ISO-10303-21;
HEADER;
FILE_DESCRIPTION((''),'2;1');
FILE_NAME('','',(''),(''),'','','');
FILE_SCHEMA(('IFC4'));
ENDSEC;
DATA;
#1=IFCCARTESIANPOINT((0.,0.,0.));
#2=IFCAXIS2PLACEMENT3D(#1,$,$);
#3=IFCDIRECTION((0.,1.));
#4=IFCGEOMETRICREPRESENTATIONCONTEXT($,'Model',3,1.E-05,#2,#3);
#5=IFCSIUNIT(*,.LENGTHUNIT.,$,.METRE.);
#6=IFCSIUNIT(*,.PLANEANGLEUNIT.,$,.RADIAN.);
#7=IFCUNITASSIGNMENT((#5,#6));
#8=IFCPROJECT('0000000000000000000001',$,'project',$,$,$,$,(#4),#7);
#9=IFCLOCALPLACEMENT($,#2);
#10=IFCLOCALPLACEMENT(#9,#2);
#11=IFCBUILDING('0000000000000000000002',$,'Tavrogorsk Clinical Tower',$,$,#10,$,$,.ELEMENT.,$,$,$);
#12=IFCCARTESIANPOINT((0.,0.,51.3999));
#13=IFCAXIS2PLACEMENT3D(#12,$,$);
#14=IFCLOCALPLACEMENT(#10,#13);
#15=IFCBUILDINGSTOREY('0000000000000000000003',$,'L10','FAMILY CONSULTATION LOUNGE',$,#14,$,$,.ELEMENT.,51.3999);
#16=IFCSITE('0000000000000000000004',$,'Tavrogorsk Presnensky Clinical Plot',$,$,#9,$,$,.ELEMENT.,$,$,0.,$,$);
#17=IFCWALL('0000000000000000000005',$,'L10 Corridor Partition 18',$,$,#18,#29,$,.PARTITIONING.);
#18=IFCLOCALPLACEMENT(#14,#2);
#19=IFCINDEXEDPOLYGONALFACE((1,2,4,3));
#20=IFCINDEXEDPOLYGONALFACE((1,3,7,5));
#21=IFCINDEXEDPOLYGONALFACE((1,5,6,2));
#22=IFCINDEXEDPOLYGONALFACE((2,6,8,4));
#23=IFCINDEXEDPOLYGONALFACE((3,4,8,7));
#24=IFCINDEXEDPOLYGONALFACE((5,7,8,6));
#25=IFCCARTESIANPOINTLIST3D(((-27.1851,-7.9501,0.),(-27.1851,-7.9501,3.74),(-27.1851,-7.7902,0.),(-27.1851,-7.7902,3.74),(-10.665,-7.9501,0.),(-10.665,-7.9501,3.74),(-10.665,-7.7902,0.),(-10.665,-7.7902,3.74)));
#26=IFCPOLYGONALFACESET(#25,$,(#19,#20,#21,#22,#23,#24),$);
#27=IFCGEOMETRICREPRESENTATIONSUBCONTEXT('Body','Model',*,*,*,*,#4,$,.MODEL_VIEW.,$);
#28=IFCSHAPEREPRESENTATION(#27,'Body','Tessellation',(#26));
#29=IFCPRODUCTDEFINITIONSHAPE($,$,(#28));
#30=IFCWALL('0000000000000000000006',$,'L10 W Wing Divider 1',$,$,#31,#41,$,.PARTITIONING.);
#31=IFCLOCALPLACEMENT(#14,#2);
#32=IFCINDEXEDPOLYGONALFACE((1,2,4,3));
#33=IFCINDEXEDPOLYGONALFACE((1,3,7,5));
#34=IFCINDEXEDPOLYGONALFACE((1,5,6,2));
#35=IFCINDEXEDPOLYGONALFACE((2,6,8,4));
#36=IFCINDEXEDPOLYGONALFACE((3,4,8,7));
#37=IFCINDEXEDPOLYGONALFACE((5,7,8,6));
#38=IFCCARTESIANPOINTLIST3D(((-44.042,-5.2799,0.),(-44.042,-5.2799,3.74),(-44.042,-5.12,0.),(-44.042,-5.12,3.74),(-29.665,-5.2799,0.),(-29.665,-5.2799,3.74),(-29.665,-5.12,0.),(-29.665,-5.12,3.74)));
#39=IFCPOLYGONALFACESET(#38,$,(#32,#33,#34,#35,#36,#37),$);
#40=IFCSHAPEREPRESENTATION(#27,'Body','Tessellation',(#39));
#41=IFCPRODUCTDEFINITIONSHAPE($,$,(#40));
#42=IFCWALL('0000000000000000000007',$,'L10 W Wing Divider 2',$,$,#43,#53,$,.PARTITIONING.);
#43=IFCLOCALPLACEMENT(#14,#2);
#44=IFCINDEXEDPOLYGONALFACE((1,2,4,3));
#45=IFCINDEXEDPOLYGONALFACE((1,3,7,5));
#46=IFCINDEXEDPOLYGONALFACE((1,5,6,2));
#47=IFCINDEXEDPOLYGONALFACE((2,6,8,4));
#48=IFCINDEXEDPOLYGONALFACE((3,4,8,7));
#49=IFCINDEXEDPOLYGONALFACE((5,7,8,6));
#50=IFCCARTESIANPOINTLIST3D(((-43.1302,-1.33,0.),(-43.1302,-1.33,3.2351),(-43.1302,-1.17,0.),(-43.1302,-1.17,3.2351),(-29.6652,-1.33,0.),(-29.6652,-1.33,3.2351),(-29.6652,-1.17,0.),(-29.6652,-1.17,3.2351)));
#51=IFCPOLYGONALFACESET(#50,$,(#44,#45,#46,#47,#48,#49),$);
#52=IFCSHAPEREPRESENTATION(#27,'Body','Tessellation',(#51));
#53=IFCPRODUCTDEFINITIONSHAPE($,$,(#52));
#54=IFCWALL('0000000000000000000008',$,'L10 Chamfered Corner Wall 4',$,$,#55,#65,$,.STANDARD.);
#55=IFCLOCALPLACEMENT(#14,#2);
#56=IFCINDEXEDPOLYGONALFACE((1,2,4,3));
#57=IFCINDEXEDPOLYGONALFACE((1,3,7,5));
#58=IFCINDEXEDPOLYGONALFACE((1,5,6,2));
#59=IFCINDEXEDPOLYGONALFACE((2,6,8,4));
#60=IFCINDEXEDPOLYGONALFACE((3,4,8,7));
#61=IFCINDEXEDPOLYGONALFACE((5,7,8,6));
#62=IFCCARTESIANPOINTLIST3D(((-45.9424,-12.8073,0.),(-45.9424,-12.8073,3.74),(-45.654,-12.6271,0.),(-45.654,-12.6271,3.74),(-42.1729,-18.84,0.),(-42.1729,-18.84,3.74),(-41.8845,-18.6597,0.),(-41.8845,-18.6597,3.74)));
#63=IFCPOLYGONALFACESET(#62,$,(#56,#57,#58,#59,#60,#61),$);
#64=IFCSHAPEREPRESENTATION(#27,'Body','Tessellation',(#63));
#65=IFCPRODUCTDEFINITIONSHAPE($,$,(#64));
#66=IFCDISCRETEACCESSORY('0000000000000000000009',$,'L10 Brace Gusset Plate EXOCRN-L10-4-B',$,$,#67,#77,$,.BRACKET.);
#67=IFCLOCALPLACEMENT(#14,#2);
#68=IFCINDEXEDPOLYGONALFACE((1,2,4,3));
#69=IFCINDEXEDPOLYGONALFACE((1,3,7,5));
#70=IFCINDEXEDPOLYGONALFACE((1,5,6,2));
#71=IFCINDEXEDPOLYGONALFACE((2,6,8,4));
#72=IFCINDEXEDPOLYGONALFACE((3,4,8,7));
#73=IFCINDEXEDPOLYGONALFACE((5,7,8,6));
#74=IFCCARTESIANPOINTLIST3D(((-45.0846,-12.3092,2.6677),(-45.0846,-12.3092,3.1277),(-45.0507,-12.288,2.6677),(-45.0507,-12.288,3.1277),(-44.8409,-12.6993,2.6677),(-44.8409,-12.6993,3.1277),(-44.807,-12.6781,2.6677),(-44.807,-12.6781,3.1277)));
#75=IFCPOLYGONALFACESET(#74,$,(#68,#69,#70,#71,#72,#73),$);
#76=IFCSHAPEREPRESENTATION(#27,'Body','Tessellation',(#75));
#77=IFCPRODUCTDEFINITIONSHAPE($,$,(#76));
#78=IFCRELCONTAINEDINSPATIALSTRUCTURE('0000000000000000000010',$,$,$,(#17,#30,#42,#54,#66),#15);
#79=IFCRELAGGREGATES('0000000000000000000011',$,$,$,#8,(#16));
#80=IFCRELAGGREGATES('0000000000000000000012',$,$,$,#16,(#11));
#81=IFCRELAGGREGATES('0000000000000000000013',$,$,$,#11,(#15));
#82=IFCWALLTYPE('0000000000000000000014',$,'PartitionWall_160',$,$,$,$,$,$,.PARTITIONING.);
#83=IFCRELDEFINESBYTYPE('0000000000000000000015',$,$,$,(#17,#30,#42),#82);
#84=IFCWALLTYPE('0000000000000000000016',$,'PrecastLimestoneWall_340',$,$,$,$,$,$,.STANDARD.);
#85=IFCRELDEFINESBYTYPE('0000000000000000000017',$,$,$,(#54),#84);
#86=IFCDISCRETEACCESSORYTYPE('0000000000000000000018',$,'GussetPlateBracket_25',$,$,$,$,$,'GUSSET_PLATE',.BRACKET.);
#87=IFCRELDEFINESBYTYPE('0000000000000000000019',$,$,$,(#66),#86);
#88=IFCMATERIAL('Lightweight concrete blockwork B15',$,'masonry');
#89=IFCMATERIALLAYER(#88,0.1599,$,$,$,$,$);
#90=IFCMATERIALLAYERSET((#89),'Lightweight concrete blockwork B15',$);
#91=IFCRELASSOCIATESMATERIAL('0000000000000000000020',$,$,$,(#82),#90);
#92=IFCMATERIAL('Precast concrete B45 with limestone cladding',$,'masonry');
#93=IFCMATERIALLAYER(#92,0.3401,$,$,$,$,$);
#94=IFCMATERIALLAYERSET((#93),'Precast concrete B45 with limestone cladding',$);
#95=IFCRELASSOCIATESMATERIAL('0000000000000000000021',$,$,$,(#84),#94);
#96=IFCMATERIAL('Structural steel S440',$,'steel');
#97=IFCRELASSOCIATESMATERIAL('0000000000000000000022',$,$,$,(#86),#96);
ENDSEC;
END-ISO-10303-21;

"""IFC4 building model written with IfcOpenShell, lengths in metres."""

from ifc_helpers import new_model, si_unit, direction, frame, frame_2d, origin, origin_2d, place, context, subcontext, project, spatial, rectangle, extrude, material, layer, layer_set, type_object, element, save


model = new_model("IFC4")

# Units and contexts
model_context = context("Model", 3, precision=1e-05, world=origin(), true_north=direction((0.0, 1.0)))
body_context = subcontext(model_context, "Body", "Model", "MODEL_VIEW")
ifc_project = project(units=[si_unit("LENGTHUNIT", "METRE"), si_unit("PLANEANGLEUNIT", "RADIAN")], contexts=[model_context])

# Site, building, storey
site_placement = place(None, origin())
site = spatial("IfcSite", under=ifc_project, at=site_placement, Name="Tavrogorsk Presnensky Clinical Plot", CompositionType="ELEMENT", RefElevation=0.0)
building_placement = place(site_placement, origin())
building = spatial("IfcBuilding", under=site, at=building_placement, Name="Tavrogorsk Clinical Tower", CompositionType="ELEMENT")
storey_placement = place(building_placement, frame((0.0, 0.0, 51.3999)))
storey = spatial("IfcBuildingStorey", under=building, at=storey_placement, Name="L10", Description="FAMILY CONSULTATION LOUNGE", CompositionType="ELEMENT", Elevation=51.3999)

# Shared definitions
ifc_material_1 = material(Name="Lightweight concrete blockwork B15", Category="masonry")
ifc_layer_1 = layer(ifc_material_1, 0.1599)
ifc_layer_set_1 = layer_set([ifc_layer_1], Name="Lightweight concrete blockwork B15")
wall_type_1 = type_object("IfcWallType", Name="PartitionWall_160", PredefinedType="PARTITIONING", material=ifc_layer_set_1)

# Walls
wall_1_placement = place(storey_placement, frame((-27.1851, -7.8701, 0.0), z_axis=(0.0, 0.0, 1.0), x_axis=(1.0, 0.0, 0.0)))
element("IfcWall", 1, at=wall_1_placement, inside=storey, type_object=wall_type_1, Name="L10 Corridor Partition 18", PredefinedType="PARTITIONING", context=body_context, shape_type="SweptSolid", body=[
    extrude(rectangle(XDim=16.52, YDim=0.1599, at=frame_2d((8.26, 0.0))), origin(), (0.0, 0.0, 1.0), 3.74),
])
wall_2_placement = place(storey_placement, frame((-44.042, -5.2, 0.0), z_axis=(0.0, 0.0, 1.0), x_axis=(1.0, 0.0, 0.0)))
element("IfcWall", 2, at=wall_2_placement, inside=storey, type_object=wall_type_1, Name="L10 W Wing Divider 1", PredefinedType="PARTITIONING", context=body_context, shape_type="SweptSolid", body=[
    extrude(rectangle(XDim=14.377, YDim=0.1599, at=frame_2d((7.1885, 0.0))), origin(), (0.0, 0.0, 1.0), 3.74),
])
wall_3_placement = place(storey_placement, frame((-43.1301, -1.25, 0.0), z_axis=(0.0, 0.0, 1.0), x_axis=(1.0, 0.0, 0.0)))
element("IfcWall", 3, at=wall_3_placement, inside=storey, type_object=wall_type_1, Name="L10 W Wing Divider 2", PredefinedType="PARTITIONING", context=body_context, shape_type="SweptSolid", body=[
    extrude(rectangle(XDim=13.4651, YDim=0.1599, at=frame_2d((6.7324, 0.0))), origin(), (0.0, 0.0, 1.0), 3.2351),
])
ifc_material_2 = material(Name="Precast concrete B45 with limestone cladding", Category="masonry")
ifc_layer_2 = layer(ifc_material_2, 0.3401)
ifc_layer_set_2 = layer_set([ifc_layer_2], Name="Precast concrete B45 with limestone cladding")
wall_type_2 = type_object("IfcWallType", Name="PrecastLimestoneWall_340", PredefinedType="STANDARD", material=ifc_layer_set_2)
wall_4_placement = place(storey_placement, frame((-45.7981, -12.7173, 0.0), z_axis=(0.0, 0.0, 1.0), x_axis=(0.529906, -0.848056, 0.0)))
element("IfcWall", 4, at=wall_4_placement, inside=storey, type_object=wall_type_2, Name="L10 Chamfered Corner Wall 4", PredefinedType="STANDARD", context=body_context, shape_type="SweptSolid", body=[
    extrude(rectangle(XDim=7.1135, YDim=0.3401, at=frame_2d((3.5566, 0.0))), origin(), (0.0, 0.0, 1.0), 3.74),
])

# Discrete accessory
ifc_material_3 = material(Name="Structural steel S440", Category="steel")
discrete_accessory_type = type_object("IfcDiscreteAccessoryType", Name="GussetPlateBracket_25", ElementType="GUSSET_PLATE", PredefinedType="BRACKET", material=ifc_material_3)
discrete_accessory_placement = place(storey_placement, frame((-44.9458, -12.4937, 2.6677), z_axis=(0.0, 0.0, 1.0), x_axis=(-0.529919, 0.848048, 0.0)))
element("IfcDiscreteAccessory", 5, at=discrete_accessory_placement, inside=storey, type_object=discrete_accessory_type, Name="L10 Brace Gusset Plate EXOCRN-L10-4-B", PredefinedType="BRACKET", context=body_context, shape_type="SweptSolid", body=[
    extrude(rectangle(XDim=0.46, YDim=0.04, at=origin_2d()), origin(), (0.0, 0.0, 1.0), 0.46),
])

save(model, "model.ifc")
